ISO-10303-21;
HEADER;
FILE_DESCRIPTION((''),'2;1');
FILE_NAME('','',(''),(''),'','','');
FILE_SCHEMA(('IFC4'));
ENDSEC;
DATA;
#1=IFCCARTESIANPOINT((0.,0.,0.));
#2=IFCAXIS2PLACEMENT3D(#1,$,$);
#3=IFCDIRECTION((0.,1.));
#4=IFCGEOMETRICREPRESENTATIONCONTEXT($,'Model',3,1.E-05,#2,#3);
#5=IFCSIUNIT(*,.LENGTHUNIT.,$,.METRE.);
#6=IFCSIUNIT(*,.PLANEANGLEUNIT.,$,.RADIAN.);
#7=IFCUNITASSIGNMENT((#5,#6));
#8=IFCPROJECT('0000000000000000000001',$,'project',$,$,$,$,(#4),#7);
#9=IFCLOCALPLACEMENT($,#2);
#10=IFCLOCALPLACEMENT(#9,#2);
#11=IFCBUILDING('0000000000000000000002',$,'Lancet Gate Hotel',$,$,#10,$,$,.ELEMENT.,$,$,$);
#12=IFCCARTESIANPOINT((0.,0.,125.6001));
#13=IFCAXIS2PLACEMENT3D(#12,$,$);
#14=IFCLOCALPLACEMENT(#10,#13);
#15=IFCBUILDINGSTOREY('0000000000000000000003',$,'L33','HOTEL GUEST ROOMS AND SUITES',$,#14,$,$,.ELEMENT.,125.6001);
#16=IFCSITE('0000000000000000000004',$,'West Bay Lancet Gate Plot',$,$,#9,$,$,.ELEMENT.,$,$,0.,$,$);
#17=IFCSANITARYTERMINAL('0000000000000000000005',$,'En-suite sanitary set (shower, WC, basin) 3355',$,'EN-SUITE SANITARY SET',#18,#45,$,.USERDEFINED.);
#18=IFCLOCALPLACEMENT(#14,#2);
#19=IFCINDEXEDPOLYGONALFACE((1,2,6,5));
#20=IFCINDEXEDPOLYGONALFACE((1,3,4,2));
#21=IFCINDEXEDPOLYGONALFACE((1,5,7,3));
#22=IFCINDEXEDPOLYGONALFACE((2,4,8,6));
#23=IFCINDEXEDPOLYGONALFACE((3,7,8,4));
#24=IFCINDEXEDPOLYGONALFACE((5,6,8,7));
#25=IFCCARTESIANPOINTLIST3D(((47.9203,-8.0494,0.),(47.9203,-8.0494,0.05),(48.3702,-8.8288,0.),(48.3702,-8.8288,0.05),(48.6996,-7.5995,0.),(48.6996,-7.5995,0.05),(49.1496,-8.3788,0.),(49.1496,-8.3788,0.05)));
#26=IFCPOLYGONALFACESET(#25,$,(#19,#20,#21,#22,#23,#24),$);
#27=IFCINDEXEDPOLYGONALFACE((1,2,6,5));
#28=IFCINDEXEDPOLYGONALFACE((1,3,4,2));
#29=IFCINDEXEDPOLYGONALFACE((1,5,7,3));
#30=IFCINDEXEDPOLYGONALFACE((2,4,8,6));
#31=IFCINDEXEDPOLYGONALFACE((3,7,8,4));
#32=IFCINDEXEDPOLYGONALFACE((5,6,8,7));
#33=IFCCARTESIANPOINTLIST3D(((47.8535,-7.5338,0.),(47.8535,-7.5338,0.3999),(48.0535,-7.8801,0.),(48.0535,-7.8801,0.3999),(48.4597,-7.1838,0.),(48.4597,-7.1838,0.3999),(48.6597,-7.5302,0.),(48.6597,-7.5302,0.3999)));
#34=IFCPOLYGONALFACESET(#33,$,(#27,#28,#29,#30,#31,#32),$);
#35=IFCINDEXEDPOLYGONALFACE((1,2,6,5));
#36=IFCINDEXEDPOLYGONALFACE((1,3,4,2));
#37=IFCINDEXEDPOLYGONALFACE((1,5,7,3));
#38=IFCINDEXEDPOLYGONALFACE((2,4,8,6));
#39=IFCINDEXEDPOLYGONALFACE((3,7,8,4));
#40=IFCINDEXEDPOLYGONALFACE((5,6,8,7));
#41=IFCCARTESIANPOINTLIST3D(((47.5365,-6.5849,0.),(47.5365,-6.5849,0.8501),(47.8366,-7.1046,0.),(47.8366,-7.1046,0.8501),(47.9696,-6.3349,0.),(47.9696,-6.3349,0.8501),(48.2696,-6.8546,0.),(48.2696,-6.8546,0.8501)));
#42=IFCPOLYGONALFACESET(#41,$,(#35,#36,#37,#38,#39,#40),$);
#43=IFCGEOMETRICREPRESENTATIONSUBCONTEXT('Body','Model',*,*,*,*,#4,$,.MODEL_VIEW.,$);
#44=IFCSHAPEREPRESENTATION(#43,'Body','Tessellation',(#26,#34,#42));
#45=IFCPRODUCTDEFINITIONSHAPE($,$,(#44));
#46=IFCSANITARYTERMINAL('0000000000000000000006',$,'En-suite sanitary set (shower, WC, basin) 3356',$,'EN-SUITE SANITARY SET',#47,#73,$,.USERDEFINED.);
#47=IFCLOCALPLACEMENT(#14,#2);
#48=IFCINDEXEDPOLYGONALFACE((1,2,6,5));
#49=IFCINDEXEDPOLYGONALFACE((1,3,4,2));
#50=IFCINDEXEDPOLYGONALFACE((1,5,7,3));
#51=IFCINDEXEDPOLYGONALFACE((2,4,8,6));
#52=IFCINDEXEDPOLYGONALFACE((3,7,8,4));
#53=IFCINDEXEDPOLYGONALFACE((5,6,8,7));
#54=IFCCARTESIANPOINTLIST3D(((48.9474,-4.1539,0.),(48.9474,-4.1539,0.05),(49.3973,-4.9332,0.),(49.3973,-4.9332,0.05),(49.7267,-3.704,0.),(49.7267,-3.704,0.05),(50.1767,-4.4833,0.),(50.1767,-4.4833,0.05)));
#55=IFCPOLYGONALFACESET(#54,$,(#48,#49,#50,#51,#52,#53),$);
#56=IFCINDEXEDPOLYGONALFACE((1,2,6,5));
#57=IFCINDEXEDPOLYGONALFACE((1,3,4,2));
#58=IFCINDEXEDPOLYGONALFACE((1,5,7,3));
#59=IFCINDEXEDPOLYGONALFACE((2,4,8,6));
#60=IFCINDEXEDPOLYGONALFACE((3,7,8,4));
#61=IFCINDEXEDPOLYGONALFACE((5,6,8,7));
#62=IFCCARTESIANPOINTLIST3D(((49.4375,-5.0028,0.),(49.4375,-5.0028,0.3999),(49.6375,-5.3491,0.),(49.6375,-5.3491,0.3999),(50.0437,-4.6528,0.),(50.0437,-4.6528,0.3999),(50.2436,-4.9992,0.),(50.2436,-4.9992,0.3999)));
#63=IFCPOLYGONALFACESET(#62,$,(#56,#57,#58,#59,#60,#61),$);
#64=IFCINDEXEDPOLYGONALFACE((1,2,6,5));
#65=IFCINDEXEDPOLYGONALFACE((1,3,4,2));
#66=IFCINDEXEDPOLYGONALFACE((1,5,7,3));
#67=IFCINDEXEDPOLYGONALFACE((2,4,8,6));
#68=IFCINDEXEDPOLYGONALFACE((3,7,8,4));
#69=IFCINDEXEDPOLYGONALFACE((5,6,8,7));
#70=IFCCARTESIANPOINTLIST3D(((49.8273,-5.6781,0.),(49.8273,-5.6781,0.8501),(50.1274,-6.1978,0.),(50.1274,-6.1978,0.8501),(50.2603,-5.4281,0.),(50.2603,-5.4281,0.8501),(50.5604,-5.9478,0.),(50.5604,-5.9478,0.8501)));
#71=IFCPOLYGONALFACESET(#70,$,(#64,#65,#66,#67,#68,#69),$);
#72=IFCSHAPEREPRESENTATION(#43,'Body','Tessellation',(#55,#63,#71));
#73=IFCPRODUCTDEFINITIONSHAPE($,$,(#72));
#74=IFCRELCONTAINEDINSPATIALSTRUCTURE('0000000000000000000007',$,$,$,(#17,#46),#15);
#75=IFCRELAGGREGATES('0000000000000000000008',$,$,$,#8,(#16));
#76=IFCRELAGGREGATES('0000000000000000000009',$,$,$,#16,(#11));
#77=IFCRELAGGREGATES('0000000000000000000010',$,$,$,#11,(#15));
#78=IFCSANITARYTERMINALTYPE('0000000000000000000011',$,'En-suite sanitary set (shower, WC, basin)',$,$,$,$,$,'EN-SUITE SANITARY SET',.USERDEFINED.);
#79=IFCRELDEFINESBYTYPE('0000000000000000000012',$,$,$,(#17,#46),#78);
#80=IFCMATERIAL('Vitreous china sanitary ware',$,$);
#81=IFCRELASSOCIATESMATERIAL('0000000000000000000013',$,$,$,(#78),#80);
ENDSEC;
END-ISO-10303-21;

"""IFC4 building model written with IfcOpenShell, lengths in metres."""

from ifc_helpers import new_model, si_unit, direction, frame, origin, origin_2d, place, context, subcontext, project, spatial, rectangle, extrude, material, type_object, element, save


model = new_model("IFC4")

# Units and contexts
model_context = context("Model", 3, precision=1e-05, world=origin(), true_north=direction((0.0, 1.0)))
body_context = subcontext(model_context, "Body", "Model", "MODEL_VIEW")
ifc_project = project(units=[si_unit("LENGTHUNIT", "METRE"), si_unit("PLANEANGLEUNIT", "RADIAN")], contexts=[model_context])

# Site, building, storey
site_placement = place(None, origin())
site = spatial("IfcSite", under=ifc_project, at=site_placement, Name="West Bay Lancet Gate Plot", CompositionType="ELEMENT", RefElevation=0.0)
building_placement = place(site_placement, origin())
building = spatial("IfcBuilding", under=site, at=building_placement, Name="Lancet Gate Hotel", CompositionType="ELEMENT")
storey_placement = place(building_placement, frame((0.0, 0.0, 125.6001)))
storey = spatial("IfcBuildingStorey", under=building, at=storey_placement, Name="L33", Description="HOTEL GUEST ROOMS AND SUITES", CompositionType="ELEMENT", Elevation=125.6001)

# Sanitary terminals
ifc_material_1 = material(Name="Vitreous china sanitary ware")
sanitary_terminal_type = type_object("IfcSanitaryTerminalType", Name="En-suite sanitary set (shower, WC, basin)", ElementType="EN-SUITE SANITARY SET", PredefinedType="USERDEFINED", material=ifc_material_1)
sanitary_terminal_1_placement = place(storey_placement, frame((48.5349, -8.2141, 0.0), z_axis=(0.0, 0.0, 1.0), x_axis=(1.0, 0.0, 0.0)))
element("IfcSanitaryTerminal", 1, at=sanitary_terminal_1_placement, inside=storey, type_object=sanitary_terminal_type, Name="En-suite sanitary set (shower, WC, basin) 3355", ObjectType="EN-SUITE SANITARY SET", PredefinedType="USERDEFINED", context=body_context, shape_type="SweptSolid", body=[
    extrude(rectangle(XDim=0.8999, YDim=0.8999, at=origin_2d()), frame((0.0, 0.0, 0.0), z_axis=(0.0, 0.0, 1.0), x_axis=(0.5, -0.866025, 0.0)), (0.0, 0.0, 1.0), 0.05),
    extrude(rectangle(XDim=0.3999, YDim=0.7, at=origin_2d()), frame((-0.2783, 0.6821, 0.0), z_axis=(0.0, 0.0, 1.0), x_axis=(0.5, -0.866025, 0.0)), (0.0, 0.0, 1.0), 0.3999),
    extrude(rectangle(XDim=0.6001, YDim=0.5, at=origin_2d()), frame((-0.6318, 1.4944, 0.0), z_axis=(0.0, 0.0, 1.0), x_axis=(0.5, -0.866025, 0.0)), (0.0, 0.0, 1.0), 0.8501),
])
sanitary_terminal_2_placement = place(storey_placement, frame((49.562, -4.3186, 0.0), z_axis=(0.0, 0.0, 1.0), x_axis=(1.0, 0.0, 0.0)))
element("IfcSanitaryTerminal", 2, at=sanitary_terminal_2_placement, inside=storey, type_object=sanitary_terminal_type, Name="En-suite sanitary set (shower, WC, basin) 3356", ObjectType="EN-SUITE SANITARY SET", PredefinedType="USERDEFINED", context=body_context, shape_type="SweptSolid", body=[
    extrude(rectangle(XDim=0.8999, YDim=0.8999, at=origin_2d()), frame((0.0, 0.0, 0.0), z_axis=(0.0, 0.0, 1.0), x_axis=(-0.5, 0.866025, 0.0)), (0.0, 0.0, 1.0), 0.05),
    extrude(rectangle(XDim=0.3999, YDim=0.7, at=origin_2d()), frame((0.2786, -0.6824, 0.0), z_axis=(0.0, 0.0, 1.0), x_axis=(-0.5, 0.866025, 0.0)), (0.0, 0.0, 1.0), 0.3999),
    extrude(rectangle(XDim=0.6001, YDim=0.5, at=origin_2d()), frame((0.6318, -1.4944, 0.0), z_axis=(0.0, 0.0, 1.0), x_axis=(-0.5, 0.866025, 0.0)), (0.0, 0.0, 1.0), 0.8501),
])

save(model, "model.ifc")
